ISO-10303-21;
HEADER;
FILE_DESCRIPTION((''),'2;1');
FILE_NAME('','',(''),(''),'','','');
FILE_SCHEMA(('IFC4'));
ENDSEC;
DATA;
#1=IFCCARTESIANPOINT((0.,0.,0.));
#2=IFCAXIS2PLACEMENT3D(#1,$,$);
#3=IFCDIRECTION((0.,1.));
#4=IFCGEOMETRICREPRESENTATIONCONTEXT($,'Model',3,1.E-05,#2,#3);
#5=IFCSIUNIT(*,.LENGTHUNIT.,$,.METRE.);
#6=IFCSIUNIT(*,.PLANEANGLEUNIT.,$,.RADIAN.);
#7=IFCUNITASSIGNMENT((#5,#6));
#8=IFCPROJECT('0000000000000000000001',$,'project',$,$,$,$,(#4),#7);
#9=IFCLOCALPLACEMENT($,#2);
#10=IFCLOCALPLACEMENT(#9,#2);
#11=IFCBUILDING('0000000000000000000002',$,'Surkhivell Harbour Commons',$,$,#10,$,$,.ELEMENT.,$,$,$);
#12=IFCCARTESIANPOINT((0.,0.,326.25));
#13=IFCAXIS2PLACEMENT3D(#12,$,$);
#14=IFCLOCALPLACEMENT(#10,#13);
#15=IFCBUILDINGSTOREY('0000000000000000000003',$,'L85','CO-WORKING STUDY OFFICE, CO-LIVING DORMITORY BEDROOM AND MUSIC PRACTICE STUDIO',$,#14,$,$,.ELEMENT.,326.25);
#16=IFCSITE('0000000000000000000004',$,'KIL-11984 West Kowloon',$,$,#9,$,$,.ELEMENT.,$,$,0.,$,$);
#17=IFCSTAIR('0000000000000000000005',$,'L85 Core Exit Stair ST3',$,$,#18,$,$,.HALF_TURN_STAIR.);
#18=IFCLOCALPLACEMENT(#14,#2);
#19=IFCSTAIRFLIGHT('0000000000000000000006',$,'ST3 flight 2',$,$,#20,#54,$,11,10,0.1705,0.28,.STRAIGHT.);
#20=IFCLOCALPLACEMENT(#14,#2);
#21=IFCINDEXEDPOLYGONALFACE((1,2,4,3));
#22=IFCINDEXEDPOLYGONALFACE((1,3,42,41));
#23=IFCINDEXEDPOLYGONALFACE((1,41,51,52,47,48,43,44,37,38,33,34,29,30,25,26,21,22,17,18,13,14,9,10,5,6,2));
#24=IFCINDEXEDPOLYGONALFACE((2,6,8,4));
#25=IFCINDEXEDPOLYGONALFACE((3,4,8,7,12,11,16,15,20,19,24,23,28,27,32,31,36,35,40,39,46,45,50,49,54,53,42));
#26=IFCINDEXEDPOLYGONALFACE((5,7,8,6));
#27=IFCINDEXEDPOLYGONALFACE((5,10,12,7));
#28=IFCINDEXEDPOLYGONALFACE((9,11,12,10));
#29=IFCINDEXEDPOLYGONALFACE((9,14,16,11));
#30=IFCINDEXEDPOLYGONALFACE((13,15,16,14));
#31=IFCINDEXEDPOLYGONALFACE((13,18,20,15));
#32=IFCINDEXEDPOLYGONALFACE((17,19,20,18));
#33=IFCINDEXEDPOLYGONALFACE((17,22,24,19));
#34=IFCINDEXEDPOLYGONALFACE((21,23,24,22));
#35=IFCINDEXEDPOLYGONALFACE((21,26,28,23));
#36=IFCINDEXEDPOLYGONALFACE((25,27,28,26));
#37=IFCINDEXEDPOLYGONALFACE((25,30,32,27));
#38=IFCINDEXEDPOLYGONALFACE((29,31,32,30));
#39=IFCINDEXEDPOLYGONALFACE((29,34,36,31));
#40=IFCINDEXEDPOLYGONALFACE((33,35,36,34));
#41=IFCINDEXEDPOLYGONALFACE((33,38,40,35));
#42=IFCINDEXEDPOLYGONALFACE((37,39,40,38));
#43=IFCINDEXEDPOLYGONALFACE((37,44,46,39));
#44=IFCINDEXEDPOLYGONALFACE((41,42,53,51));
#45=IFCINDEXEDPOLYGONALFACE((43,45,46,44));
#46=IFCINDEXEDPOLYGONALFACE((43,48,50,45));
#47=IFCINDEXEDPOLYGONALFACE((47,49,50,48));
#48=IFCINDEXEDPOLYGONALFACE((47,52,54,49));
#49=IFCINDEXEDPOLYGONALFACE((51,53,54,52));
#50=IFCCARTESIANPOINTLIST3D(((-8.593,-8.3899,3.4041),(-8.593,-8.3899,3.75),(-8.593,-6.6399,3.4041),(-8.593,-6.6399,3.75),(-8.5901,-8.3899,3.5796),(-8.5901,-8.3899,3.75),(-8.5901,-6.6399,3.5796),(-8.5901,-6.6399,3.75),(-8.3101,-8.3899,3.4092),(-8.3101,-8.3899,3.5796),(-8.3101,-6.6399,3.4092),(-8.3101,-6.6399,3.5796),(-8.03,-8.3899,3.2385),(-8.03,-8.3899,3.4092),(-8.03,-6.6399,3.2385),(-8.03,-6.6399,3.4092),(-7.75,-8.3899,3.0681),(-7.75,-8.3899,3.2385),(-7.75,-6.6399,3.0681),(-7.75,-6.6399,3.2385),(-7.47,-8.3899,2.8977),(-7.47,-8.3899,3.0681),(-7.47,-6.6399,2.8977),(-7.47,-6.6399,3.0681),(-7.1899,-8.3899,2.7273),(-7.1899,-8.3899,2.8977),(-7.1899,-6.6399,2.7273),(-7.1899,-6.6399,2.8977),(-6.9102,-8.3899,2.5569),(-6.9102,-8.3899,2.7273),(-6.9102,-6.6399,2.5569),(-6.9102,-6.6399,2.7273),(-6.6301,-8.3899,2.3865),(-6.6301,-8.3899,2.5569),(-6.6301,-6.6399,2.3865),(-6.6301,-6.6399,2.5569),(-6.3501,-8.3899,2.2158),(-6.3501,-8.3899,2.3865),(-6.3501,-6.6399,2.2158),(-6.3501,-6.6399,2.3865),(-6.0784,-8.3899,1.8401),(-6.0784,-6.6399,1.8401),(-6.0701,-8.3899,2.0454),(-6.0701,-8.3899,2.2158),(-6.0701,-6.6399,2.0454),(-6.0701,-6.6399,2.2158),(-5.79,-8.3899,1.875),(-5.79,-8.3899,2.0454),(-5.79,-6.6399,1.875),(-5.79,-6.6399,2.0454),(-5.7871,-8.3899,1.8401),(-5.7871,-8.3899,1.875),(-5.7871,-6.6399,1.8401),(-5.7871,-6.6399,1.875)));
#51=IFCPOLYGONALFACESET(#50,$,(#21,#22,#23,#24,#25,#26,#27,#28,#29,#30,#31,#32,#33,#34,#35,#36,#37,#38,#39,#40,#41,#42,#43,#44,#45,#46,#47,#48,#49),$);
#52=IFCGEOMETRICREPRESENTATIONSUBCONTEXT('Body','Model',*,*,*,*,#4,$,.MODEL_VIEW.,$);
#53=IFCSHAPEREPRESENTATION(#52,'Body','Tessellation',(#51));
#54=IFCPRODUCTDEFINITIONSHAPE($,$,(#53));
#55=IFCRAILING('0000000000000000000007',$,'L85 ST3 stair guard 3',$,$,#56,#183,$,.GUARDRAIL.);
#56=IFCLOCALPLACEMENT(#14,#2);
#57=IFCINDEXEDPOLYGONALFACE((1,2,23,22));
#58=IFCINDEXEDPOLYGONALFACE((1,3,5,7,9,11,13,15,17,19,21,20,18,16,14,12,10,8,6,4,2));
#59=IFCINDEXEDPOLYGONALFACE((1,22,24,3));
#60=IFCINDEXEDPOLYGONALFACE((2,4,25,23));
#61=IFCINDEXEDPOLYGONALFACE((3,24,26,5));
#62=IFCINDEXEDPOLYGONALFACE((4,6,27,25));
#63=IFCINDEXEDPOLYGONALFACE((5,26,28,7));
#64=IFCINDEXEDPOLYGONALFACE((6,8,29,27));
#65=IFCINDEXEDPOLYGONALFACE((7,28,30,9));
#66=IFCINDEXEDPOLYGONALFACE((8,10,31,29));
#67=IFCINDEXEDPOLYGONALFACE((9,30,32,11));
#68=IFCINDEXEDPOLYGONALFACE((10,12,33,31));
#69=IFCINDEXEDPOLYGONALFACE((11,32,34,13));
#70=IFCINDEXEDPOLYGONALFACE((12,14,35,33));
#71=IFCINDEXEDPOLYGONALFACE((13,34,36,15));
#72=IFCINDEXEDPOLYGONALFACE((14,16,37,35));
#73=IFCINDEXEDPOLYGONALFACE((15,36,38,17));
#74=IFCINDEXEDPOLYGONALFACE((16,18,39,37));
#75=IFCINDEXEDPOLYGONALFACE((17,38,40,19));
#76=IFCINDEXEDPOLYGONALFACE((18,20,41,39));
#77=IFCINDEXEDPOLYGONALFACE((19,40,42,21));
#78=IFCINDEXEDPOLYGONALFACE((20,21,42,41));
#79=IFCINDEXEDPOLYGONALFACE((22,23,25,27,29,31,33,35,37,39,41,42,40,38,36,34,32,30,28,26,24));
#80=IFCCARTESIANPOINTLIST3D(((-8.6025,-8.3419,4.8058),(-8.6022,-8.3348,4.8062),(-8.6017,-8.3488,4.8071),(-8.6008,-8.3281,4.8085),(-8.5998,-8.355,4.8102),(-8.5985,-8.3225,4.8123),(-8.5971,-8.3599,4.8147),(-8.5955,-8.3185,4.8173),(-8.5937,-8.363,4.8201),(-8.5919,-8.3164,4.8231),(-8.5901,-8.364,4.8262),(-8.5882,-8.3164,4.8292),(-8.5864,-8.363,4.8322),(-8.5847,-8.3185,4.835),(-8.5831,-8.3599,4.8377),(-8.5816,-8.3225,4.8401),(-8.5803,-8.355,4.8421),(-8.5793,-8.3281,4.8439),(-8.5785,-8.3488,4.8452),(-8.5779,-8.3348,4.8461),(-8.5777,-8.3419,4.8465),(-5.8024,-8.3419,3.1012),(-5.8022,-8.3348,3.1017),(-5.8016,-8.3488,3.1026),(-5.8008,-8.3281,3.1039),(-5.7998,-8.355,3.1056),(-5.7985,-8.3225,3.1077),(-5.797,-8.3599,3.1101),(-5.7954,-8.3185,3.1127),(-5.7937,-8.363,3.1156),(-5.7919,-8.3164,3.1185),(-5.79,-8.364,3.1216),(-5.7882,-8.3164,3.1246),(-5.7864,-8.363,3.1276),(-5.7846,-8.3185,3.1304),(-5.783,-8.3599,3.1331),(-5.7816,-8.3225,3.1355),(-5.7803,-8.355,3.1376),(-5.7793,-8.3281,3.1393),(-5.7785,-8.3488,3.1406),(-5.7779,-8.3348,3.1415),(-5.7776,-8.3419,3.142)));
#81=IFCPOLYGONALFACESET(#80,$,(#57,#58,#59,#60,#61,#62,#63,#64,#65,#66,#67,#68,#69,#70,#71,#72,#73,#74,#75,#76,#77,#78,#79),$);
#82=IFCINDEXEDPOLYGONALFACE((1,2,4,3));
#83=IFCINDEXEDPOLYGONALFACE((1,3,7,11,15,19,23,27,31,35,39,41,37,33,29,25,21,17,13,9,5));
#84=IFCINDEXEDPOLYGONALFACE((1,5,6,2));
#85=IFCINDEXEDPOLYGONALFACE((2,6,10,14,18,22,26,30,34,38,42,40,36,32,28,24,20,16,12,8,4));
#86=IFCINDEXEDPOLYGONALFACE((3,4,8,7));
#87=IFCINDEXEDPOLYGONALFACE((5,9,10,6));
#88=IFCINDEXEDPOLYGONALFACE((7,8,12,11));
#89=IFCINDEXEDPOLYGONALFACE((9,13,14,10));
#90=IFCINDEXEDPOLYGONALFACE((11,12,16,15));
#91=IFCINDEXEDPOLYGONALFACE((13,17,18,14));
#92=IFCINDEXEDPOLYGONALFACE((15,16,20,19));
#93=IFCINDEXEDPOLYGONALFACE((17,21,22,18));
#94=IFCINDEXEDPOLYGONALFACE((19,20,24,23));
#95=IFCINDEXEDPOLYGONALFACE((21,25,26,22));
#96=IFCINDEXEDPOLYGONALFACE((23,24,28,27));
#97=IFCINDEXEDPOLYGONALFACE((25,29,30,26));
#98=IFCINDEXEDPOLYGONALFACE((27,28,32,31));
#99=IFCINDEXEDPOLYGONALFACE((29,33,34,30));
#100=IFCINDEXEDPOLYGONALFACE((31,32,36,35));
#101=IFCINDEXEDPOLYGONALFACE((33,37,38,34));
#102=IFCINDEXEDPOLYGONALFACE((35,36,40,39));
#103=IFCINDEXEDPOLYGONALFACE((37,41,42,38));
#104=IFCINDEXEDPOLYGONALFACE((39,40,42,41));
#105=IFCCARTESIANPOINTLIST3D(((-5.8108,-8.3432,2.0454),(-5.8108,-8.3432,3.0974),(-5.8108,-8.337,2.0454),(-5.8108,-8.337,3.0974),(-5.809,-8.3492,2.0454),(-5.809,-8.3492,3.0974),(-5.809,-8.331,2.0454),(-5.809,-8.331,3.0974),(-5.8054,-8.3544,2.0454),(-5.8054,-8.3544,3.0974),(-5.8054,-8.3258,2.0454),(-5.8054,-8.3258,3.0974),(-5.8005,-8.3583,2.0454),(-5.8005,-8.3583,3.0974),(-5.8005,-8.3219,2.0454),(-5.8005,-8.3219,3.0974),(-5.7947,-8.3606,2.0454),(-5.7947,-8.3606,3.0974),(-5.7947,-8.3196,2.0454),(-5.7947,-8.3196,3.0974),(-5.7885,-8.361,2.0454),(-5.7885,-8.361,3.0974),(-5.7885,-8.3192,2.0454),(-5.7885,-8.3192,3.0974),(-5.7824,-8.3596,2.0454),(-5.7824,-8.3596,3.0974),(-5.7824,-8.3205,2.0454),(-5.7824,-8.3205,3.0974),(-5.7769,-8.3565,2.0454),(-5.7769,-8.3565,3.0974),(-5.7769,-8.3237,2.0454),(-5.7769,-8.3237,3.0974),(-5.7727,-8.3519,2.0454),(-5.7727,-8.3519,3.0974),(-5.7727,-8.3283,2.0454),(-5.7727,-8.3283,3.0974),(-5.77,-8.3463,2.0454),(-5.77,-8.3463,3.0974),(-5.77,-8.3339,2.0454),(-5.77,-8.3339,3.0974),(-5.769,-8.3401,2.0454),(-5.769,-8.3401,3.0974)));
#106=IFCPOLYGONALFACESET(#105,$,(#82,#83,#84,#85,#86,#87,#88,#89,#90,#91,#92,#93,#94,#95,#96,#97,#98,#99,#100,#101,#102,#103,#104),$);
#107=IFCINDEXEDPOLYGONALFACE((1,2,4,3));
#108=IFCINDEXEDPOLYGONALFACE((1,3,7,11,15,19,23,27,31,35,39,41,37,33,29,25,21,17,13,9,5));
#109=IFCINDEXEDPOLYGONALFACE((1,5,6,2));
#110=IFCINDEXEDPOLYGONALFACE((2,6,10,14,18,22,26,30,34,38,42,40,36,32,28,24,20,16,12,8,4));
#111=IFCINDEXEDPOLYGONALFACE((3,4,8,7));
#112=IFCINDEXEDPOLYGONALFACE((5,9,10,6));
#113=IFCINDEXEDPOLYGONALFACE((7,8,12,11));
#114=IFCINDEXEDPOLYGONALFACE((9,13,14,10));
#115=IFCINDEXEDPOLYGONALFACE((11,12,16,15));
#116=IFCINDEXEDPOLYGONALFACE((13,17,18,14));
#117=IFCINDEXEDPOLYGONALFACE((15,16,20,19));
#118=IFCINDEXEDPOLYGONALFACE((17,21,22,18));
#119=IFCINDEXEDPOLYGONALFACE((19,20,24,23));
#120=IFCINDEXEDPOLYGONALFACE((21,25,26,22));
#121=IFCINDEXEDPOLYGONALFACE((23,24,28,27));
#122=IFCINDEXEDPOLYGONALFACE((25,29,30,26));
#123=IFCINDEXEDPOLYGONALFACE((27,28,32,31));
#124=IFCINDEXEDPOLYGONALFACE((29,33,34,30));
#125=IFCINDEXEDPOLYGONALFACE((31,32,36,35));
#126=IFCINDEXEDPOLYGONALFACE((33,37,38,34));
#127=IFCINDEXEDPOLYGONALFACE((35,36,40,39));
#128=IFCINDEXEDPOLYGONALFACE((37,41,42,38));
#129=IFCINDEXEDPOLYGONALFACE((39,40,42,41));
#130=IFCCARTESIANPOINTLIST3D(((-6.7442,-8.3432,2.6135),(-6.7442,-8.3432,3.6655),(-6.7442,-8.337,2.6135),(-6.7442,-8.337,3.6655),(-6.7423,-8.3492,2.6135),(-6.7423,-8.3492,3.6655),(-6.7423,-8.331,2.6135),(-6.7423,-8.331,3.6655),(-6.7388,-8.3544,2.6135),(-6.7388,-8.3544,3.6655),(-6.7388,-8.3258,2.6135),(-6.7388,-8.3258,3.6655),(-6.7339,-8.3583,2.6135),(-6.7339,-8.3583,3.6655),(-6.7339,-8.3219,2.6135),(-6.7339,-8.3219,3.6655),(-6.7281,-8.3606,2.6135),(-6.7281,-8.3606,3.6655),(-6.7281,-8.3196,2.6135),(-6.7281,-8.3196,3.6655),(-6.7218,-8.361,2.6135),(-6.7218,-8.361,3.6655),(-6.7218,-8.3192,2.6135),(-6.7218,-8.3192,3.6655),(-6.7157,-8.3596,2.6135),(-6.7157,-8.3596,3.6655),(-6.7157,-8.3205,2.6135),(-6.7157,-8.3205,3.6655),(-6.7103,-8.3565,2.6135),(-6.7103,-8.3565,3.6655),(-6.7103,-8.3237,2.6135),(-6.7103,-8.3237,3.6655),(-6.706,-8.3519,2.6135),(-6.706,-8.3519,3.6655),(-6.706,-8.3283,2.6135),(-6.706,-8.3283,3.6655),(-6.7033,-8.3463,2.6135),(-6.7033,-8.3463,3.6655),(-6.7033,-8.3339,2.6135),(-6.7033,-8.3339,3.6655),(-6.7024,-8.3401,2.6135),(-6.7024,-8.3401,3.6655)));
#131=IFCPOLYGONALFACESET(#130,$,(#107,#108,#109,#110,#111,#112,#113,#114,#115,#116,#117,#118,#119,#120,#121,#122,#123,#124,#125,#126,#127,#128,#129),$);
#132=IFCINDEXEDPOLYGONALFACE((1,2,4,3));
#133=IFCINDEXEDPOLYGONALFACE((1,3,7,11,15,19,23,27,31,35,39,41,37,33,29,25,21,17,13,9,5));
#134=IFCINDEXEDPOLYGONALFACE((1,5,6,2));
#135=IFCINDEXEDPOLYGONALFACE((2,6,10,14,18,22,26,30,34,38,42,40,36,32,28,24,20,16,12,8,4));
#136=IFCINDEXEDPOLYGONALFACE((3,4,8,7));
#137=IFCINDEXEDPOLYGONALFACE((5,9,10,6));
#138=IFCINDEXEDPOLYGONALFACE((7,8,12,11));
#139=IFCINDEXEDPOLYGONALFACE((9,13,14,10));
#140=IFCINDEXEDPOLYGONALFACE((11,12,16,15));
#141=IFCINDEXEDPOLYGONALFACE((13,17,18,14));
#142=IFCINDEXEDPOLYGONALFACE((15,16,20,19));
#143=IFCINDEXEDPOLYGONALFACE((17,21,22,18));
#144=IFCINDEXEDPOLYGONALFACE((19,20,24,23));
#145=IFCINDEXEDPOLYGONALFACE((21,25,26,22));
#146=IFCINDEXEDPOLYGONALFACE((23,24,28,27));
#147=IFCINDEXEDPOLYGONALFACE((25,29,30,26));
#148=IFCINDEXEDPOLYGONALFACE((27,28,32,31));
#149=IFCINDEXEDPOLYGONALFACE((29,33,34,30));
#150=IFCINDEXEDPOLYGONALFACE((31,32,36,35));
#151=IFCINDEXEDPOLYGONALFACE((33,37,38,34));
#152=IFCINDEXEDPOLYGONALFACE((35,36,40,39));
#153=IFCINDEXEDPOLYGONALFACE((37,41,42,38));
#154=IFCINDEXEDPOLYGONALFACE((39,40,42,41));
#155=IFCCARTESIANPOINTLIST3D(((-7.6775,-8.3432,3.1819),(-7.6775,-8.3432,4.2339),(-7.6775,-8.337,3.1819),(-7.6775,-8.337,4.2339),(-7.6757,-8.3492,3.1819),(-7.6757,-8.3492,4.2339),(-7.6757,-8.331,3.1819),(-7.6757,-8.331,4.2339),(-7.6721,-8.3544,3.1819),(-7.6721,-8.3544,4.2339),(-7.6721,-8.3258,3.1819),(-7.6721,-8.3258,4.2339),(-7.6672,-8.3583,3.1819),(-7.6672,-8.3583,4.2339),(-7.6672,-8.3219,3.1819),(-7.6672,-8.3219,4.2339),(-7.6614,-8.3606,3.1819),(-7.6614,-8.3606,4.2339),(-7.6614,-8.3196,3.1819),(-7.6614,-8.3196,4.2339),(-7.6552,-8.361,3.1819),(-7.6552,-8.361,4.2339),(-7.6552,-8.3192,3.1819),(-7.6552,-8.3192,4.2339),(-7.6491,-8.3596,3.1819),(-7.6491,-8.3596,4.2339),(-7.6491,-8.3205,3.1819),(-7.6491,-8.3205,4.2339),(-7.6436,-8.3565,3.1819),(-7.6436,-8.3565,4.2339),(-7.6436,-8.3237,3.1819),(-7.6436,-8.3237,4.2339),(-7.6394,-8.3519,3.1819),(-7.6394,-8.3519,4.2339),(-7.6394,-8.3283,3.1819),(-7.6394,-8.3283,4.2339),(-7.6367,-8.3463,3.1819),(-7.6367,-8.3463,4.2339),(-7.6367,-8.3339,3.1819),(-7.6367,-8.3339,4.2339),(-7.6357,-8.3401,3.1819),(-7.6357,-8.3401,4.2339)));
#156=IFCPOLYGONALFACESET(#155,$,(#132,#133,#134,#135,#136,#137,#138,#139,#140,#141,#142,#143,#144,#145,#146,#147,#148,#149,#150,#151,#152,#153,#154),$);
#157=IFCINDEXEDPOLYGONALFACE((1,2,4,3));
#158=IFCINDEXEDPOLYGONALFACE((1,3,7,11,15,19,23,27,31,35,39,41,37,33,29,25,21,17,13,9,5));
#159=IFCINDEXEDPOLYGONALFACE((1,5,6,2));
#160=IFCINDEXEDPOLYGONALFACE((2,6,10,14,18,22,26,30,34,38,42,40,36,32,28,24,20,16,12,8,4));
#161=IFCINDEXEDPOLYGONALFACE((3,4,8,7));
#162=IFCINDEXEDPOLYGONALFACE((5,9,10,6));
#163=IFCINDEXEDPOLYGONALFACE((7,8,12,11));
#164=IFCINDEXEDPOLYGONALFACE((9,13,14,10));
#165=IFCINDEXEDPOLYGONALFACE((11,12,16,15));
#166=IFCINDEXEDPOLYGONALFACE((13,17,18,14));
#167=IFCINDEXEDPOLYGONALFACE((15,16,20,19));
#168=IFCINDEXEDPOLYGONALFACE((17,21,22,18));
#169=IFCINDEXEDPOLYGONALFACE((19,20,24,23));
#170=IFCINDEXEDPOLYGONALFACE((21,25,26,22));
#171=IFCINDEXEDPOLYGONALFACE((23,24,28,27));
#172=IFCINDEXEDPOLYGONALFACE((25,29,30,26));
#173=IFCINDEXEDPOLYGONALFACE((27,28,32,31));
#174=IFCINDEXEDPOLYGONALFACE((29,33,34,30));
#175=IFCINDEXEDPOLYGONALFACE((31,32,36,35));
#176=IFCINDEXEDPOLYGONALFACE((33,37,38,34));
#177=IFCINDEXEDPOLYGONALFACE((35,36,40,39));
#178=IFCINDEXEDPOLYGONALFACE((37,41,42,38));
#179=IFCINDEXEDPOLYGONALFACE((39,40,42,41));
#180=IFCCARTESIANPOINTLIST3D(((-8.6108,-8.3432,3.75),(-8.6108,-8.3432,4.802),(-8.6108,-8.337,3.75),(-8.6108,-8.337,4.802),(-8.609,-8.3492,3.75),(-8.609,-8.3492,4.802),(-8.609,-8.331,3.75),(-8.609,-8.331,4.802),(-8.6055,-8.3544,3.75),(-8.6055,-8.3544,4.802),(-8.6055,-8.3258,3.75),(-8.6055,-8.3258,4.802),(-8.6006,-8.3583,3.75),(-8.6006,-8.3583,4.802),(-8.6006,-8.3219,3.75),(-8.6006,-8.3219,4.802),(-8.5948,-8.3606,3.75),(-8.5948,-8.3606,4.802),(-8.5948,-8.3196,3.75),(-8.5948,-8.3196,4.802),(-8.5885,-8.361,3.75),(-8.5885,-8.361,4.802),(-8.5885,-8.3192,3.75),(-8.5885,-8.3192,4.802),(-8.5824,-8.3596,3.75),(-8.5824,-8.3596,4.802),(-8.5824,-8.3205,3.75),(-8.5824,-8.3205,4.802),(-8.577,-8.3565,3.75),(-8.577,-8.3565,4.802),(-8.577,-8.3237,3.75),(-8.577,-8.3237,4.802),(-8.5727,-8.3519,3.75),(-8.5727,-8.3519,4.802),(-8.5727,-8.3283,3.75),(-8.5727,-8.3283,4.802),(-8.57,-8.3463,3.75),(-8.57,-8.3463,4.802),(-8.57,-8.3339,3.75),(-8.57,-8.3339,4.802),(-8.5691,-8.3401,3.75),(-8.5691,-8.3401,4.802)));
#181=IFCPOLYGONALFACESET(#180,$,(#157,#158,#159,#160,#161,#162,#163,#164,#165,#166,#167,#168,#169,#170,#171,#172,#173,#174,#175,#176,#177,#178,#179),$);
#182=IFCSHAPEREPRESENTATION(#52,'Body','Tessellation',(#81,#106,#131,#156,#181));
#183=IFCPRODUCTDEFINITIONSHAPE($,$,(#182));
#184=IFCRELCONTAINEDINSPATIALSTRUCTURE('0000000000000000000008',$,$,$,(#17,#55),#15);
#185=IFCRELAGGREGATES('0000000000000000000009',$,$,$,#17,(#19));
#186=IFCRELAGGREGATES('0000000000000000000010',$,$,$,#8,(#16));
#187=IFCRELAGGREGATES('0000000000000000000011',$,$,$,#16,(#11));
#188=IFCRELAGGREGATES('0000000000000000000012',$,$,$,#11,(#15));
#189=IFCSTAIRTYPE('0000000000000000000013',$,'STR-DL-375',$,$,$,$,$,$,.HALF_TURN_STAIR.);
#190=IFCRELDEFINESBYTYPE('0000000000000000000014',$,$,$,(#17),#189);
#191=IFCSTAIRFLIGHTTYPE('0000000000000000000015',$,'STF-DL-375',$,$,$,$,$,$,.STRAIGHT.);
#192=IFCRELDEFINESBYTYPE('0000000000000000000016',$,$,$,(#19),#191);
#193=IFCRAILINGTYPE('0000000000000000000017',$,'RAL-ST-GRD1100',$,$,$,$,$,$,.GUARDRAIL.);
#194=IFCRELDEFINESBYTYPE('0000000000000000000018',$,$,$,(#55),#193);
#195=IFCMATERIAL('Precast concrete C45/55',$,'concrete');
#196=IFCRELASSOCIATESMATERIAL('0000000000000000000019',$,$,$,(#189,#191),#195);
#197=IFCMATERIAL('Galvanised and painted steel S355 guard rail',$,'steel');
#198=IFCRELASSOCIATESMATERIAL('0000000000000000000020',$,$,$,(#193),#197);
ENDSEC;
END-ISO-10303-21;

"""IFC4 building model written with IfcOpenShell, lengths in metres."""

from ifc_helpers import new_model, si_unit, direction, frame, origin, origin_2d, place, context, subcontext, project, spatial, polyline, circle, outline, extrude, material, type_object, element, aggregate, save


model = new_model("IFC4")

# Units and contexts
model_context = context("Model", 3, precision=1e-05, world=origin(), true_north=direction((0.0, 1.0)))
body_context = subcontext(model_context, "Body", "Model", "MODEL_VIEW")
ifc_project = project(units=[si_unit("LENGTHUNIT", "METRE"), si_unit("PLANEANGLEUNIT", "RADIAN")], contexts=[model_context])

# Site, building, storey
site_placement = place(None, origin())
site = spatial("IfcSite", under=ifc_project, at=site_placement, Name="KIL-11984 West Kowloon", CompositionType="ELEMENT", RefElevation=0.0)
building_placement = place(site_placement, origin())
building = spatial("IfcBuilding", under=site, at=building_placement, Name="Surkhivell Harbour Commons", CompositionType="ELEMENT")
storey_placement = place(building_placement, frame((0.0, 0.0, 326.25)))
storey = spatial("IfcBuildingStorey", under=building, at=storey_placement, Name="L85", Description="CO-WORKING STUDY OFFICE, CO-LIVING DORMITORY BEDROOM AND MUSIC PRACTICE STUDIO", CompositionType="ELEMENT", Elevation=326.25)

# Stair, stair flight
ifc_material_1 = material(Name="Precast concrete C45/55", Category="concrete")
stair_type = type_object("IfcStairType", Name="STR-DL-375", PredefinedType="HALF_TURN_STAIR", material=ifc_material_1)
stair_placement = place(storey_placement, origin())
stair = element("IfcStair", 1, at=stair_placement, inside=storey, type_object=stair_type, Name="L85 Core Exit Stair ST3", PredefinedType="HALF_TURN_STAIR")
stair_flight_type = type_object("IfcStairFlightType", Name="STF-DL-375", PredefinedType="STRAIGHT", material=ifc_material_1)
stair_flight_placement = place(storey_placement, frame((-5.79, -7.5149, 1.875), z_axis=(0.0, 0.0, 1.0), x_axis=(-1.0, 0.0, 0.0)))
stair_flight = element("IfcStairFlight", 2, at=stair_flight_placement, type_object=stair_flight_type, Name="ST3 flight 2", NumberOfRisers=11, NumberOfTreads=10, PredefinedType="STRAIGHT", RiserHeight=0.1705, TreadLength=0.28, context=body_context, shape_type="SweptSolid", body=[
    extrude(outline(polyline([(-0.0029, -0.0349), (-0.0029, 0.0), (0.0, 0.0), (0.0, 0.1704), (0.28, 0.1704), (0.28, 0.3408), (0.5601, 0.3408), (0.5601, 0.5115), (0.8401, 0.5115), (0.8401, 0.6819), (1.1201, 0.6819), (1.1201, 0.8523), (1.3999, 0.8523), (1.3999, 1.0227), (1.6799, 1.0227), (1.6799, 1.1931), (1.96, 1.1931), (1.96, 1.3635), (2.24, 1.3635), (2.24, 1.5342), (2.52, 1.5342), (2.52, 1.7046), (2.8, 1.7046), (2.8, 1.875), (2.803, 1.875), (2.803, 1.5291), (0.2883, -0.0349), (-0.0029, -0.0349)])), frame((0.0, 0.875, 0.0), z_axis=(0.0, -1.0, 0.0), x_axis=(1.0, 0.0, 0.0)), (0.0, 0.0, 1.0), 1.75),
])
aggregate(stair, [stair_flight])

# Railing
ifc_material_2 = material(Name="Galvanised and painted steel S355 guard rail", Category="steel")
railing_type_1 = type_object("IfcRailingType", Name="RAL-ST-GRD1100", PredefinedType="GUARDRAIL", material=ifc_material_2)
railing_1_placement = place(storey_placement, frame((-5.79, -8.3401, 2.0454)))
element("IfcRailing", 3, at=railing_1_placement, inside=storey, type_object=railing_type_1, Name="L85 ST3 stair guard 3", PredefinedType="GUARDRAIL", context=body_context, shape_type="SweptSolid", body=[
    extrude(circle(Radius=0.0239, at=origin_2d()), frame((0.0, 0.0, 1.0762), z_axis=(-0.85417, 0.0, 0.519994), x_axis=(0.0, -1.0, 0.0)), (0.0, 0.0, 1.0), 3.2781),
    extrude(circle(Radius=0.021, at=origin_2d()), origin(), (0.0, 0.0, 1.0), 1.052),
    extrude(circle(Radius=0.021, at=origin_2d()), frame((-0.9333, 0.0, 0.5681)), (0.0, 0.0, 1.0), 1.052),
    extrude(circle(Radius=0.021, at=origin_2d()), frame((-1.8667, 0.0, 1.1365)), (0.0, 0.0, 1.0), 1.052),
    extrude(circle(Radius=0.021, at=origin_2d()), frame((-2.8, 0.0, 1.7046)), (0.0, 0.0, 1.0), 1.052),
])

save(model, "model.ifc")
